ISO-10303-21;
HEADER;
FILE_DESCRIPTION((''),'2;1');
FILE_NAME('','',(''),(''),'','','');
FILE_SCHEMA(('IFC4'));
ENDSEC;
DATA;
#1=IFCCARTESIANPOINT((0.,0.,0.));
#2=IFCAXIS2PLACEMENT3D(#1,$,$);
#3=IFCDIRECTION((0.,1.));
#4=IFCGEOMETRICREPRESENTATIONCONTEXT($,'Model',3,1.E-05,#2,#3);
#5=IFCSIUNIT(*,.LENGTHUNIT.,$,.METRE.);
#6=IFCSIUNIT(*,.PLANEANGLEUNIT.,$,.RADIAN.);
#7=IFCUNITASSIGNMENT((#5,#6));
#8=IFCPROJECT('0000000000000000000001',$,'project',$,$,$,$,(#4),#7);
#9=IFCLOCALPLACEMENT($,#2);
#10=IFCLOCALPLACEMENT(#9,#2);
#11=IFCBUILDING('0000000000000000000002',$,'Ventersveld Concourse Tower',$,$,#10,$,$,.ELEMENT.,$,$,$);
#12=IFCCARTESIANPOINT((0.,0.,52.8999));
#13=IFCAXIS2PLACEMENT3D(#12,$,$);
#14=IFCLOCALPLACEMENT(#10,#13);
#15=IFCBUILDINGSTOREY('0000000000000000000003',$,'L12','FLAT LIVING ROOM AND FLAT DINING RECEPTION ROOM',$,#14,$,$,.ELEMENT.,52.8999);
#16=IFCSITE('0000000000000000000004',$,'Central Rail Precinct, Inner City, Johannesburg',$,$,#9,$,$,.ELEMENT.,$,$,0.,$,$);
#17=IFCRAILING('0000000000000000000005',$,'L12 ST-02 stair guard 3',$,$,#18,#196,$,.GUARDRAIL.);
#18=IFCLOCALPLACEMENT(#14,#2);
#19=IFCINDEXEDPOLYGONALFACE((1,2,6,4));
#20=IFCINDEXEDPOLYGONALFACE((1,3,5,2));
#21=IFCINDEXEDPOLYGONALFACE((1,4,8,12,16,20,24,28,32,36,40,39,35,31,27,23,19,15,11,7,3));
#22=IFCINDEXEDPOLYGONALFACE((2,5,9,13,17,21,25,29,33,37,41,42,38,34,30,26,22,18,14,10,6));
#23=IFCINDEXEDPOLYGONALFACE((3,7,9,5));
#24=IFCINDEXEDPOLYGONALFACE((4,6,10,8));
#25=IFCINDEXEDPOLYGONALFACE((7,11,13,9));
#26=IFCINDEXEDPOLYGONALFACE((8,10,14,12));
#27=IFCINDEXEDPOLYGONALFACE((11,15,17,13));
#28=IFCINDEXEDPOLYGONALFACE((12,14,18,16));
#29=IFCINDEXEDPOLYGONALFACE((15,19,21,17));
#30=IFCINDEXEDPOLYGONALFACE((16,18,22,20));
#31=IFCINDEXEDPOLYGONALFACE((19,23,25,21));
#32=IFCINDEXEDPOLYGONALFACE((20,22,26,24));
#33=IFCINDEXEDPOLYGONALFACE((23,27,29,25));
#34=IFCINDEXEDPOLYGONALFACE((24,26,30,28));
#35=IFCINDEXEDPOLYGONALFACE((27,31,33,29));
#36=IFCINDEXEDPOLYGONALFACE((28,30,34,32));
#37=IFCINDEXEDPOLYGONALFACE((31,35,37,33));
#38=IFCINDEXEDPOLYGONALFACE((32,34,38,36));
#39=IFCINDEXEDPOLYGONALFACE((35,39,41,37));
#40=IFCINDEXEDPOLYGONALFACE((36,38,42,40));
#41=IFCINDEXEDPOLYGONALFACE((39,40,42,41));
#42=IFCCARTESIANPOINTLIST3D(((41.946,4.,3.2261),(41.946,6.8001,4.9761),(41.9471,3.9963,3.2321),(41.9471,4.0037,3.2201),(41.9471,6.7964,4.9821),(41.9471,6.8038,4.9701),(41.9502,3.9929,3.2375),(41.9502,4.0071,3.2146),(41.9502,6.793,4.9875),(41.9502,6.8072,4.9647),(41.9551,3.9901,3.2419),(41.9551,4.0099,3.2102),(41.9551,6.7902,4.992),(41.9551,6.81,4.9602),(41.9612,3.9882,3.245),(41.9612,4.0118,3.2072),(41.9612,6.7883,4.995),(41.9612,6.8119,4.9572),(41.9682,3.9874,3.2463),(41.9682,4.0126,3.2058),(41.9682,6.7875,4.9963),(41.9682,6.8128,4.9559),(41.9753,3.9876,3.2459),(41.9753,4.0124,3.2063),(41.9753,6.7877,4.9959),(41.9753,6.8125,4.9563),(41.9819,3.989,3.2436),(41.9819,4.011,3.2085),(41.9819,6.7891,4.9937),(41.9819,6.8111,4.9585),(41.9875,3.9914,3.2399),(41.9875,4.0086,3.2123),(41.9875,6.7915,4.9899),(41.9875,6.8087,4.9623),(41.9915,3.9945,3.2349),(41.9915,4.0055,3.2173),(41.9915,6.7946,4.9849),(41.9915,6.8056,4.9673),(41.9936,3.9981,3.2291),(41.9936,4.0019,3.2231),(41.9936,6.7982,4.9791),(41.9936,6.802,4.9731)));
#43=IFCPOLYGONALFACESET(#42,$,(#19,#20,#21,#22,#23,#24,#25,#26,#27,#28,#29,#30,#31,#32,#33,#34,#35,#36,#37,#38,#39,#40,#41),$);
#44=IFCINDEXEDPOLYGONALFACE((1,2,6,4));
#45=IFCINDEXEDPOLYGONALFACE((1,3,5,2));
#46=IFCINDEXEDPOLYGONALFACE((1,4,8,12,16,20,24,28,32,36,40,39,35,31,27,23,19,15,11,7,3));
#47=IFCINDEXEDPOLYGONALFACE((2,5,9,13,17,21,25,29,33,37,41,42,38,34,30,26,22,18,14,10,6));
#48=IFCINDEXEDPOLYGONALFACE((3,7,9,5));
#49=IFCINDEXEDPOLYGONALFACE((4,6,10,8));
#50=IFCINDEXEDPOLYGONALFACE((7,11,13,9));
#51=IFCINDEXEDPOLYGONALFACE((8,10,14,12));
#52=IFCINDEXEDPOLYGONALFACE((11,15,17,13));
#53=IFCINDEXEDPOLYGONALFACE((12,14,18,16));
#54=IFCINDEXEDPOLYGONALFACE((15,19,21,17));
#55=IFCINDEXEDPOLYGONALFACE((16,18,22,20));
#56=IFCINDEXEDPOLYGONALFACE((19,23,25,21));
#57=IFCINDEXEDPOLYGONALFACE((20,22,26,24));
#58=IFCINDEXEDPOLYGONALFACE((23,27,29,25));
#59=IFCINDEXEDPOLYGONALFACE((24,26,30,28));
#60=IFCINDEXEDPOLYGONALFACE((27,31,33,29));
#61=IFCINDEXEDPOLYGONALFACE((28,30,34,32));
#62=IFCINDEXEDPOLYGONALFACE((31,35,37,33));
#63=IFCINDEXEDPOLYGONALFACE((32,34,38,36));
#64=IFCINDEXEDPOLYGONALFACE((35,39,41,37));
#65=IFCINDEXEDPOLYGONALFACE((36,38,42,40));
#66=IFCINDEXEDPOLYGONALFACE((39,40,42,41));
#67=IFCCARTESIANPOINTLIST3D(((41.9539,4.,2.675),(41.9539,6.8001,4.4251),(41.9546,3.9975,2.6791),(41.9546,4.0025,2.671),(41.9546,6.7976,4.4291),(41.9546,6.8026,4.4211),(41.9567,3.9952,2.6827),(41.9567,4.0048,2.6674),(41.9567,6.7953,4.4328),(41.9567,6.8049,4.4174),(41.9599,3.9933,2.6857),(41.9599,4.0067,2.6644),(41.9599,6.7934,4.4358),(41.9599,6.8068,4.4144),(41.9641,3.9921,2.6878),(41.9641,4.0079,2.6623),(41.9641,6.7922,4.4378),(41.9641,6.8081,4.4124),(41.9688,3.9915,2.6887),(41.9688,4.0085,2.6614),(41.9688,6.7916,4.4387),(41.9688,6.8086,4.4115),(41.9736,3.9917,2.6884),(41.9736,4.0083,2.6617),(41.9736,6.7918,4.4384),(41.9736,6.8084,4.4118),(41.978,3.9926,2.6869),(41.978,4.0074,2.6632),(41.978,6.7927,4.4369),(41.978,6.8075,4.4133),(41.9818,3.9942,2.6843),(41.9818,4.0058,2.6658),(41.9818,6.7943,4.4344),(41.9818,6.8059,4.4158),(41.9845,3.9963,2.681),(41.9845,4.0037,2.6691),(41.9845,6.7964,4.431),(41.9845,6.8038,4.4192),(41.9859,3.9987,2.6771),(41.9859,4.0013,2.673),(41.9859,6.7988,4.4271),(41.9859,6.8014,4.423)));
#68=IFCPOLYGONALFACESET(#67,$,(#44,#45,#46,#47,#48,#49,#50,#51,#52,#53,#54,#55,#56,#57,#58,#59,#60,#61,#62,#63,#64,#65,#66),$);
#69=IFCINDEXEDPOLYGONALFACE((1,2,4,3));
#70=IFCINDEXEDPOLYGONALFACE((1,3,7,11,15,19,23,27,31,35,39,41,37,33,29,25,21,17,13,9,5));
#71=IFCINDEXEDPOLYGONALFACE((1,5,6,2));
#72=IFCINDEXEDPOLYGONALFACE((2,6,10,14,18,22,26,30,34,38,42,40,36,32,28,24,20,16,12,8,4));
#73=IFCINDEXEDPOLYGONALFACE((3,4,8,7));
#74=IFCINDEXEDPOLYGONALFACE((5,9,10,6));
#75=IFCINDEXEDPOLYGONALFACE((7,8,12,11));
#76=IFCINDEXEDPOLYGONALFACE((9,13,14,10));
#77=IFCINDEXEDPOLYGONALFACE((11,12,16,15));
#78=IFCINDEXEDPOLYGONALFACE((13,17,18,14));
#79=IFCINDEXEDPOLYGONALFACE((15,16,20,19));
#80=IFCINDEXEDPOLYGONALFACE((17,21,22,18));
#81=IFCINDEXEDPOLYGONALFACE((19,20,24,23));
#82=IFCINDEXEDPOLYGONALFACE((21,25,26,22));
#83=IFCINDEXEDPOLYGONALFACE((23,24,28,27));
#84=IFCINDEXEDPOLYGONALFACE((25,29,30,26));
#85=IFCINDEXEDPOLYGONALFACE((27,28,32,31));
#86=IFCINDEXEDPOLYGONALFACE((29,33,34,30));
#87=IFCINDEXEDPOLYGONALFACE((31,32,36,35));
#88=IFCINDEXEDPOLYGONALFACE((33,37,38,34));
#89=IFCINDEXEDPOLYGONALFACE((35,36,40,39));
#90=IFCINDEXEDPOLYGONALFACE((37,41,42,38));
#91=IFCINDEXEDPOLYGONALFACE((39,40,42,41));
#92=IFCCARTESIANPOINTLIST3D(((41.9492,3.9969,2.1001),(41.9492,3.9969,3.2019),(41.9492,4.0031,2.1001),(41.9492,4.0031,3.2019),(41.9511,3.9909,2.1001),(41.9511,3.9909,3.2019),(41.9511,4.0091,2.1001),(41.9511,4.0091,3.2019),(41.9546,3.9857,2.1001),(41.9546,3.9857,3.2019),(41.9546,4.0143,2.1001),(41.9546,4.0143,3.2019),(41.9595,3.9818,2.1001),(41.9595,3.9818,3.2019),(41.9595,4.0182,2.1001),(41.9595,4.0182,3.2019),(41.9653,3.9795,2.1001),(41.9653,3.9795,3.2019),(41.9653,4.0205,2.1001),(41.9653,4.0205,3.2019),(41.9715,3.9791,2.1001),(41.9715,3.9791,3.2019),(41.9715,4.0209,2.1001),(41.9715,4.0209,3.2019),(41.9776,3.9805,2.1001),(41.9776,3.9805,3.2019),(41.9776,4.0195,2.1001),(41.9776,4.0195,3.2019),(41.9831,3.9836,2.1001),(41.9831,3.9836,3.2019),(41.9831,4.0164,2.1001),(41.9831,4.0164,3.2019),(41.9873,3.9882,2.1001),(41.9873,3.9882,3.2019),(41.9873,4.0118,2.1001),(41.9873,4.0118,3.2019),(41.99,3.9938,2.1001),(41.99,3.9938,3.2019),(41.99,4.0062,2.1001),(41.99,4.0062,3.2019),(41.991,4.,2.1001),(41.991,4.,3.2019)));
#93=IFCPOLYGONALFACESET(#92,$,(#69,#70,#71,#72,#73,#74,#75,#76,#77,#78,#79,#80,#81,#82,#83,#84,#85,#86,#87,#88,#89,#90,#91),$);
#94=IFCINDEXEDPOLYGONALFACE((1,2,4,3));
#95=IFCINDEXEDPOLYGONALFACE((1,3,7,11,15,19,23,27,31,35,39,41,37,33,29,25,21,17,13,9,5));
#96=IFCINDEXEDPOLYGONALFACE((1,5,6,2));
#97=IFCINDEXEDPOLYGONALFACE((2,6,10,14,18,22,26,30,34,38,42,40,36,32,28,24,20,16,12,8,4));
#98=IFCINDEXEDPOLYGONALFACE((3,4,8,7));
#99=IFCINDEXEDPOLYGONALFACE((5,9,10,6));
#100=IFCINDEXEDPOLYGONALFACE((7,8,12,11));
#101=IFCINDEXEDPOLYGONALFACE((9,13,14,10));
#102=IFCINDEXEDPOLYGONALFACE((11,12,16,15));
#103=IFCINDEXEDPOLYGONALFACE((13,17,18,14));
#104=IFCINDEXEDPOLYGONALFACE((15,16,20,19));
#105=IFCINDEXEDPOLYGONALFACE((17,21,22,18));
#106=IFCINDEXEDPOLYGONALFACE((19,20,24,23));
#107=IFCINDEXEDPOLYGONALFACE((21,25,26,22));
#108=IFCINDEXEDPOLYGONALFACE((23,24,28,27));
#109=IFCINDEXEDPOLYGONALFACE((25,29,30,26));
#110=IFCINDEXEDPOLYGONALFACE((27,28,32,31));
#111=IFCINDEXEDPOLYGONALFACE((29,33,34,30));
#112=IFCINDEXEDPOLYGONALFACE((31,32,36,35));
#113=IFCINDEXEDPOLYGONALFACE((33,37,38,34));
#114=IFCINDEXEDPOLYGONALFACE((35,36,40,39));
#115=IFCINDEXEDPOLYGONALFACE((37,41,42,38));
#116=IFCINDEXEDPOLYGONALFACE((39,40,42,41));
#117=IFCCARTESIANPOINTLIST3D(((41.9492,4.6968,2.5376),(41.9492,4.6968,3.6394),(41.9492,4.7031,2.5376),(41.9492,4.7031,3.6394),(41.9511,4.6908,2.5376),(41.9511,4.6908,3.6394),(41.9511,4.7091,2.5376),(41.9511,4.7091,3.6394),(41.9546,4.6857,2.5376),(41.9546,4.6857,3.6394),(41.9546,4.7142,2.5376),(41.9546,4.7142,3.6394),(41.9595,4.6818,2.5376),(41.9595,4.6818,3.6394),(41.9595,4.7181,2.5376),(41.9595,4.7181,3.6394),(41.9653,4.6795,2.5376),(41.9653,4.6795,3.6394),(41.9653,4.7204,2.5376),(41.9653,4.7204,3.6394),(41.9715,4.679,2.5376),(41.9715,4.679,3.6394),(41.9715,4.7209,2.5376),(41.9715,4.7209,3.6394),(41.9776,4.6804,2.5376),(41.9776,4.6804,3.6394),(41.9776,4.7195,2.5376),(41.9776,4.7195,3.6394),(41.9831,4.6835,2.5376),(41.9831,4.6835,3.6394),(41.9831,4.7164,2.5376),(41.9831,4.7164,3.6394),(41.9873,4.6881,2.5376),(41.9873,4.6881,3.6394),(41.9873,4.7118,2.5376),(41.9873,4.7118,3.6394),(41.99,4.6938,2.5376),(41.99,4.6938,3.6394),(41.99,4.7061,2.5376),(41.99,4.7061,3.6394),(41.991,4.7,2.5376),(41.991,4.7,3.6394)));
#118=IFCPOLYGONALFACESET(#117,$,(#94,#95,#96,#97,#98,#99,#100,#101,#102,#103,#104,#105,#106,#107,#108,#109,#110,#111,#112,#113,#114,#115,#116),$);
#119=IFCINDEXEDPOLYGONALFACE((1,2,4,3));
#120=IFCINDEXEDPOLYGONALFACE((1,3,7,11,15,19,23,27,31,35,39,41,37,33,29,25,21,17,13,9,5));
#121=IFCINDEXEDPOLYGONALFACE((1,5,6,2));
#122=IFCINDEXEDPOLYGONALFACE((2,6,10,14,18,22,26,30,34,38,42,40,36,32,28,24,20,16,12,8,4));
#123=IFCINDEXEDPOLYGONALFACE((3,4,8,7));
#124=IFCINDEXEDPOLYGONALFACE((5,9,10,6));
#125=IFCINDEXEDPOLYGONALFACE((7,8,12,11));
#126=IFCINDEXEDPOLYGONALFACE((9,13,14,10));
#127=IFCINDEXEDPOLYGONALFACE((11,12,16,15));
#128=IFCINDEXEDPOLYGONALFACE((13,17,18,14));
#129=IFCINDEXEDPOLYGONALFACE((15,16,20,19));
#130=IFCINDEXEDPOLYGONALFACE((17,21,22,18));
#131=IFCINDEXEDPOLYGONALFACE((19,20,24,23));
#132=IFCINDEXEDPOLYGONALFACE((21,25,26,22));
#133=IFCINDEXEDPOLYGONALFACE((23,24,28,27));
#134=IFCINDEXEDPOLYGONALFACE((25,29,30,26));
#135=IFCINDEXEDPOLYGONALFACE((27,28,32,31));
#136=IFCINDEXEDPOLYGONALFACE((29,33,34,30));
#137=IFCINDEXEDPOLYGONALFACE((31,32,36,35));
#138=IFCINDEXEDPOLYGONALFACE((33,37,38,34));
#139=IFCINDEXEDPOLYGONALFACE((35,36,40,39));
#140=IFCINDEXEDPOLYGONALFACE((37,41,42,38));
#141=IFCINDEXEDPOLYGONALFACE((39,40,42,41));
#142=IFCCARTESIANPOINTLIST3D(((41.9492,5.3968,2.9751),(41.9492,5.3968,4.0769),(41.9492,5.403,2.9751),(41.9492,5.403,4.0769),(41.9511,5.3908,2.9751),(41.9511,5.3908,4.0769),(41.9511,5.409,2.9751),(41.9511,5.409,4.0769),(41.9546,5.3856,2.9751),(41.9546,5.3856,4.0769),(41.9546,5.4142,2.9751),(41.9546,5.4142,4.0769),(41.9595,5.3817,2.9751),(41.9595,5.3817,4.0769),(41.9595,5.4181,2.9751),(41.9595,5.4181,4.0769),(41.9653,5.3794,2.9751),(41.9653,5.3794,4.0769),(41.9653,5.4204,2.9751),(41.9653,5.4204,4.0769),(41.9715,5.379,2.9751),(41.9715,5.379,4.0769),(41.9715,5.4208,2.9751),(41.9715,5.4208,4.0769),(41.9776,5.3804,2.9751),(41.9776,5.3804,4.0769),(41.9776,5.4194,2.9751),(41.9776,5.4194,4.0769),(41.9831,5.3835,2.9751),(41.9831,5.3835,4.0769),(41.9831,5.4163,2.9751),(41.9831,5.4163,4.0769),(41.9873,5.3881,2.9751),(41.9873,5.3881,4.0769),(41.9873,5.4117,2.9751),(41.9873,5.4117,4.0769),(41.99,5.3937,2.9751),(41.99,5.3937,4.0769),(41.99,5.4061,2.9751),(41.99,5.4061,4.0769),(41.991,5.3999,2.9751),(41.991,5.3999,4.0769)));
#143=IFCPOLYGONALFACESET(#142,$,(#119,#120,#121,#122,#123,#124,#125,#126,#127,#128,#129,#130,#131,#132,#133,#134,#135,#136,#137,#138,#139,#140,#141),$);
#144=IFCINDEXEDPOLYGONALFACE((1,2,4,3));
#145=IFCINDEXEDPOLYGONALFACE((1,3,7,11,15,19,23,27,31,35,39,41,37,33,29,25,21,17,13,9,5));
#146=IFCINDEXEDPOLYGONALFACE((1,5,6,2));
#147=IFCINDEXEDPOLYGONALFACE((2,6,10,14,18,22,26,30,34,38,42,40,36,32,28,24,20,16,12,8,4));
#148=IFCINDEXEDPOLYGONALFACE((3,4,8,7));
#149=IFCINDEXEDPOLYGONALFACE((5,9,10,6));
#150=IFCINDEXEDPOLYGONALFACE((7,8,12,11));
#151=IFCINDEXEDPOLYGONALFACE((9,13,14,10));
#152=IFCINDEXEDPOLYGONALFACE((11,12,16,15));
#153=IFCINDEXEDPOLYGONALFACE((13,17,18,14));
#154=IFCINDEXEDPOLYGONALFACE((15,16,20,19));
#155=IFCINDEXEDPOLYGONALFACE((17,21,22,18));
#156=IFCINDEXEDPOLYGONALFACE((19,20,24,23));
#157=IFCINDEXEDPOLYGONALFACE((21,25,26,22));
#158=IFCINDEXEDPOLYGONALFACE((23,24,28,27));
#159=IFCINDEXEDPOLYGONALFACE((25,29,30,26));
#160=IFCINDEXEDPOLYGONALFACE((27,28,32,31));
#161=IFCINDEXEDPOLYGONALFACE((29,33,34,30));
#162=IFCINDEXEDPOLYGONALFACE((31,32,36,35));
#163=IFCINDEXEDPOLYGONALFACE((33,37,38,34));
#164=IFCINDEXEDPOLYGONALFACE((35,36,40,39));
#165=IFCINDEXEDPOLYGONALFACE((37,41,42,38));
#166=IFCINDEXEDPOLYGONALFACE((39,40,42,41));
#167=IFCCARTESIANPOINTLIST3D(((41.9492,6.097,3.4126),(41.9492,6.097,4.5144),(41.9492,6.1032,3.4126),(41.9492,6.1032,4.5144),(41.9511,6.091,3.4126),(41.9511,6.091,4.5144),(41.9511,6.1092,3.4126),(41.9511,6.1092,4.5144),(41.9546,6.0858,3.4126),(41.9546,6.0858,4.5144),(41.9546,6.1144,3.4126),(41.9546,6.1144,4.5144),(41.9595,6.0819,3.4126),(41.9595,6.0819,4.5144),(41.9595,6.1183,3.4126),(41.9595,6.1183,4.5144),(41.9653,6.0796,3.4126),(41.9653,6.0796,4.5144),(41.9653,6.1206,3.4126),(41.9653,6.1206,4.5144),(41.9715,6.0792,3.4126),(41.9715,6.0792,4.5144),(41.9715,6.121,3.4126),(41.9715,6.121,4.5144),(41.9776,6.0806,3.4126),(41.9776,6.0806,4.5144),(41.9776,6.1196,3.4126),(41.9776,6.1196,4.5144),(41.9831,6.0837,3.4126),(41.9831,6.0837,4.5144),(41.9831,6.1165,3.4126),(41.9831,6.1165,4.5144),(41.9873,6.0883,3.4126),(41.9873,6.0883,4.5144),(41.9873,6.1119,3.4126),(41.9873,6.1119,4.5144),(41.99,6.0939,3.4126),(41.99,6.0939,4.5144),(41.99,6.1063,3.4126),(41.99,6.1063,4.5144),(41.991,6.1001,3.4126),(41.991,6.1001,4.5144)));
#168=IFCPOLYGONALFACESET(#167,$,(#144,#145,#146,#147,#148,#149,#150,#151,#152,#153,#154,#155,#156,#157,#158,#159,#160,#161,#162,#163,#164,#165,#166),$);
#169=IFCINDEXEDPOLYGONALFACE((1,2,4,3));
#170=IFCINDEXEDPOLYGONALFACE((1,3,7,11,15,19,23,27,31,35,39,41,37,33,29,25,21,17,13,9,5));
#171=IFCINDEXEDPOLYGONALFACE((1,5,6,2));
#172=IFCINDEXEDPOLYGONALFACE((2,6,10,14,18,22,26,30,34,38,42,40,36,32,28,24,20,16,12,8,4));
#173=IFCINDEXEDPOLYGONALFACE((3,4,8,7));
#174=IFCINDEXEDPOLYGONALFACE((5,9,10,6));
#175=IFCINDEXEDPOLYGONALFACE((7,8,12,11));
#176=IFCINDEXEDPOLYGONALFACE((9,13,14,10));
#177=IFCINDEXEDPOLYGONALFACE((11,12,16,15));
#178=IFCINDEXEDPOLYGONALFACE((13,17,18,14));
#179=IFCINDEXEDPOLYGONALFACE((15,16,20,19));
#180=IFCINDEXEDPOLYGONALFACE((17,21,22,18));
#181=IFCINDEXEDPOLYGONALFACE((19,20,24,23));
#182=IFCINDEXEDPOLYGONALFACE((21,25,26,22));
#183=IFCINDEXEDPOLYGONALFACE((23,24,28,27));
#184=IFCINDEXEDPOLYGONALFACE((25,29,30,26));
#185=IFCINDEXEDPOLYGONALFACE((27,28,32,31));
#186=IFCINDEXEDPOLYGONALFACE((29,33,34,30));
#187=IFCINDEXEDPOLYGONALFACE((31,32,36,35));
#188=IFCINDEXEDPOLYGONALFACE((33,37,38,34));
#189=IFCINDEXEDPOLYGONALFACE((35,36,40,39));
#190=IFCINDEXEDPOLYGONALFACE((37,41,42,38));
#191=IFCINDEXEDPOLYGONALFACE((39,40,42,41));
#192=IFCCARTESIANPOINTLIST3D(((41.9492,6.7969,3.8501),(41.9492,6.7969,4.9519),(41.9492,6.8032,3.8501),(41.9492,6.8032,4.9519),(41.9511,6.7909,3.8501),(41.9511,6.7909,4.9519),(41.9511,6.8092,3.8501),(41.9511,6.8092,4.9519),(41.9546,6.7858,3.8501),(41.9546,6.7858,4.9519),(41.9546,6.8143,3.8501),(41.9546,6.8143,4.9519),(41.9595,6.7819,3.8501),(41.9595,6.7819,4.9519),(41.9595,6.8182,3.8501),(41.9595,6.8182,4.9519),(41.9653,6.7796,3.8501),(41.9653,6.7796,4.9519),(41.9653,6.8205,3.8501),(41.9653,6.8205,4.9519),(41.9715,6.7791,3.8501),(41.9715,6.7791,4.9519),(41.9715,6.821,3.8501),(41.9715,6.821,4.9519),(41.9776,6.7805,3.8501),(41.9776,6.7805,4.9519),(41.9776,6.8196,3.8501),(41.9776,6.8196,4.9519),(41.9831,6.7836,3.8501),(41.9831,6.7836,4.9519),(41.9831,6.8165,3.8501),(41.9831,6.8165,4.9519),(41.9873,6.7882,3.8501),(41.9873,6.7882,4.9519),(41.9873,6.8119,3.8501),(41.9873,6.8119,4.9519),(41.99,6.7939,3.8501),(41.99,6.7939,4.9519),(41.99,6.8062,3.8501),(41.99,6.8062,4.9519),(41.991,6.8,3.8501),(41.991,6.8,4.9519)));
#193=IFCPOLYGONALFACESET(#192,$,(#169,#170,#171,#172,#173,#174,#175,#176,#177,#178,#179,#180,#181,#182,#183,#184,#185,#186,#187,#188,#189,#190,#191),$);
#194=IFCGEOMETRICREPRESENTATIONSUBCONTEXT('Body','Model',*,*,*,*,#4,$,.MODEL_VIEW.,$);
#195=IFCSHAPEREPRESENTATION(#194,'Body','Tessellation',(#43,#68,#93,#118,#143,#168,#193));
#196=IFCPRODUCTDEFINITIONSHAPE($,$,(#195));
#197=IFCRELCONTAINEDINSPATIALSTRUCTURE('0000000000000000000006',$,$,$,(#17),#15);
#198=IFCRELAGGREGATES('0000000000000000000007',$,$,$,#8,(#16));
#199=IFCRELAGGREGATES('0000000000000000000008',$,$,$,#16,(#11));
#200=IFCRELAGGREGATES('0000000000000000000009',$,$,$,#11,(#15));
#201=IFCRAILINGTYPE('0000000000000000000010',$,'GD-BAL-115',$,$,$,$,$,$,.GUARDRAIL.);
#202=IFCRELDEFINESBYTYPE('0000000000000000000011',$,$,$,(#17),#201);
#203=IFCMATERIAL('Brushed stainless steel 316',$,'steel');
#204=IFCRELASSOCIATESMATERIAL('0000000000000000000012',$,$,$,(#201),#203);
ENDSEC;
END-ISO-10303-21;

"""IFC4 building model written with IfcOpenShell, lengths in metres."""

from ifc_helpers import new_model, si_unit, direction, frame, origin, origin_2d, place, context, subcontext, project, spatial, circle, extrude, material, type_object, element, save


model = new_model("IFC4")

# Units and contexts
model_context = context("Model", 3, precision=1e-05, world=origin(), true_north=direction((0.0, 1.0)))
body_context = subcontext(model_context, "Body", "Model", "MODEL_VIEW")
ifc_project = project(units=[si_unit("LENGTHUNIT", "METRE"), si_unit("PLANEANGLEUNIT", "RADIAN")], contexts=[model_context])

# Site, building, storey
site_placement = place(None, origin())
site = spatial("IfcSite", under=ifc_project, at=site_placement, Name="Central Rail Precinct, Inner City, Johannesburg", CompositionType="ELEMENT", RefElevation=0.0)
building_placement = place(site_placement, origin())
building = spatial("IfcBuilding", under=site, at=building_placement, Name="Ventersveld Concourse Tower", CompositionType="ELEMENT")
storey_placement = place(building_placement, frame((0.0, 0.0, 52.8999)))
storey = spatial("IfcBuildingStorey", under=building, at=storey_placement, Name="L12", Description="FLAT LIVING ROOM AND FLAT DINING RECEPTION ROOM", CompositionType="ELEMENT", Elevation=52.8999)

# Shared definitions
ifc_material_1 = material(Name="Brushed stainless steel 316", Category="steel")

# Railing
railing_type_1 = type_object("IfcRailingType", Name="GD-BAL-115", PredefinedType="GUARDRAIL", material=ifc_material_1)
railing_1_placement = place(storey_placement, frame((41.97, 4.0, 2.1001)))
element("IfcRailing", 1, at=railing_1_placement, inside=storey, type_object=railing_type_1, Name="L12 ST-02 stair guard 3", PredefinedType="GUARDRAIL", context=body_context, shape_type="SweptSolid", body=[
    extrude(circle(Radius=0.0239, at=origin_2d()), frame((0.0, 0.0, 1.126), z_axis=(0.0, 0.848002, 0.529992), x_axis=(-1.0, 0.0, 0.0)), (0.0, 0.0, 1.0), 3.302),
    extrude(circle(Radius=0.0161, at=origin_2d()), frame((0.0, 0.0, 0.575), z_axis=(0.0, 0.848002, 0.529992), x_axis=(-1.0, 0.0, 0.0)), (0.0, 0.0, 1.0), 3.302),
    extrude(circle(Radius=0.021, at=origin_2d()), origin(), (0.0, 0.0, 1.0), 1.1018),
    extrude(circle(Radius=0.021, at=origin_2d()), frame((0.0, 0.7, 0.4375)), (0.0, 0.0, 1.0), 1.1018),
    extrude(circle(Radius=0.021, at=origin_2d()), frame((0.0, 1.3999, 0.875)), (0.0, 0.0, 1.0), 1.1018),
    extrude(circle(Radius=0.021, at=origin_2d()), frame((0.0, 2.1001, 1.3125)), (0.0, 0.0, 1.0), 1.1018),
    extrude(circle(Radius=0.021, at=origin_2d()), frame((0.0, 2.8, 1.75)), (0.0, 0.0, 1.0), 1.1018),
])

save(model, "model.ifc")
